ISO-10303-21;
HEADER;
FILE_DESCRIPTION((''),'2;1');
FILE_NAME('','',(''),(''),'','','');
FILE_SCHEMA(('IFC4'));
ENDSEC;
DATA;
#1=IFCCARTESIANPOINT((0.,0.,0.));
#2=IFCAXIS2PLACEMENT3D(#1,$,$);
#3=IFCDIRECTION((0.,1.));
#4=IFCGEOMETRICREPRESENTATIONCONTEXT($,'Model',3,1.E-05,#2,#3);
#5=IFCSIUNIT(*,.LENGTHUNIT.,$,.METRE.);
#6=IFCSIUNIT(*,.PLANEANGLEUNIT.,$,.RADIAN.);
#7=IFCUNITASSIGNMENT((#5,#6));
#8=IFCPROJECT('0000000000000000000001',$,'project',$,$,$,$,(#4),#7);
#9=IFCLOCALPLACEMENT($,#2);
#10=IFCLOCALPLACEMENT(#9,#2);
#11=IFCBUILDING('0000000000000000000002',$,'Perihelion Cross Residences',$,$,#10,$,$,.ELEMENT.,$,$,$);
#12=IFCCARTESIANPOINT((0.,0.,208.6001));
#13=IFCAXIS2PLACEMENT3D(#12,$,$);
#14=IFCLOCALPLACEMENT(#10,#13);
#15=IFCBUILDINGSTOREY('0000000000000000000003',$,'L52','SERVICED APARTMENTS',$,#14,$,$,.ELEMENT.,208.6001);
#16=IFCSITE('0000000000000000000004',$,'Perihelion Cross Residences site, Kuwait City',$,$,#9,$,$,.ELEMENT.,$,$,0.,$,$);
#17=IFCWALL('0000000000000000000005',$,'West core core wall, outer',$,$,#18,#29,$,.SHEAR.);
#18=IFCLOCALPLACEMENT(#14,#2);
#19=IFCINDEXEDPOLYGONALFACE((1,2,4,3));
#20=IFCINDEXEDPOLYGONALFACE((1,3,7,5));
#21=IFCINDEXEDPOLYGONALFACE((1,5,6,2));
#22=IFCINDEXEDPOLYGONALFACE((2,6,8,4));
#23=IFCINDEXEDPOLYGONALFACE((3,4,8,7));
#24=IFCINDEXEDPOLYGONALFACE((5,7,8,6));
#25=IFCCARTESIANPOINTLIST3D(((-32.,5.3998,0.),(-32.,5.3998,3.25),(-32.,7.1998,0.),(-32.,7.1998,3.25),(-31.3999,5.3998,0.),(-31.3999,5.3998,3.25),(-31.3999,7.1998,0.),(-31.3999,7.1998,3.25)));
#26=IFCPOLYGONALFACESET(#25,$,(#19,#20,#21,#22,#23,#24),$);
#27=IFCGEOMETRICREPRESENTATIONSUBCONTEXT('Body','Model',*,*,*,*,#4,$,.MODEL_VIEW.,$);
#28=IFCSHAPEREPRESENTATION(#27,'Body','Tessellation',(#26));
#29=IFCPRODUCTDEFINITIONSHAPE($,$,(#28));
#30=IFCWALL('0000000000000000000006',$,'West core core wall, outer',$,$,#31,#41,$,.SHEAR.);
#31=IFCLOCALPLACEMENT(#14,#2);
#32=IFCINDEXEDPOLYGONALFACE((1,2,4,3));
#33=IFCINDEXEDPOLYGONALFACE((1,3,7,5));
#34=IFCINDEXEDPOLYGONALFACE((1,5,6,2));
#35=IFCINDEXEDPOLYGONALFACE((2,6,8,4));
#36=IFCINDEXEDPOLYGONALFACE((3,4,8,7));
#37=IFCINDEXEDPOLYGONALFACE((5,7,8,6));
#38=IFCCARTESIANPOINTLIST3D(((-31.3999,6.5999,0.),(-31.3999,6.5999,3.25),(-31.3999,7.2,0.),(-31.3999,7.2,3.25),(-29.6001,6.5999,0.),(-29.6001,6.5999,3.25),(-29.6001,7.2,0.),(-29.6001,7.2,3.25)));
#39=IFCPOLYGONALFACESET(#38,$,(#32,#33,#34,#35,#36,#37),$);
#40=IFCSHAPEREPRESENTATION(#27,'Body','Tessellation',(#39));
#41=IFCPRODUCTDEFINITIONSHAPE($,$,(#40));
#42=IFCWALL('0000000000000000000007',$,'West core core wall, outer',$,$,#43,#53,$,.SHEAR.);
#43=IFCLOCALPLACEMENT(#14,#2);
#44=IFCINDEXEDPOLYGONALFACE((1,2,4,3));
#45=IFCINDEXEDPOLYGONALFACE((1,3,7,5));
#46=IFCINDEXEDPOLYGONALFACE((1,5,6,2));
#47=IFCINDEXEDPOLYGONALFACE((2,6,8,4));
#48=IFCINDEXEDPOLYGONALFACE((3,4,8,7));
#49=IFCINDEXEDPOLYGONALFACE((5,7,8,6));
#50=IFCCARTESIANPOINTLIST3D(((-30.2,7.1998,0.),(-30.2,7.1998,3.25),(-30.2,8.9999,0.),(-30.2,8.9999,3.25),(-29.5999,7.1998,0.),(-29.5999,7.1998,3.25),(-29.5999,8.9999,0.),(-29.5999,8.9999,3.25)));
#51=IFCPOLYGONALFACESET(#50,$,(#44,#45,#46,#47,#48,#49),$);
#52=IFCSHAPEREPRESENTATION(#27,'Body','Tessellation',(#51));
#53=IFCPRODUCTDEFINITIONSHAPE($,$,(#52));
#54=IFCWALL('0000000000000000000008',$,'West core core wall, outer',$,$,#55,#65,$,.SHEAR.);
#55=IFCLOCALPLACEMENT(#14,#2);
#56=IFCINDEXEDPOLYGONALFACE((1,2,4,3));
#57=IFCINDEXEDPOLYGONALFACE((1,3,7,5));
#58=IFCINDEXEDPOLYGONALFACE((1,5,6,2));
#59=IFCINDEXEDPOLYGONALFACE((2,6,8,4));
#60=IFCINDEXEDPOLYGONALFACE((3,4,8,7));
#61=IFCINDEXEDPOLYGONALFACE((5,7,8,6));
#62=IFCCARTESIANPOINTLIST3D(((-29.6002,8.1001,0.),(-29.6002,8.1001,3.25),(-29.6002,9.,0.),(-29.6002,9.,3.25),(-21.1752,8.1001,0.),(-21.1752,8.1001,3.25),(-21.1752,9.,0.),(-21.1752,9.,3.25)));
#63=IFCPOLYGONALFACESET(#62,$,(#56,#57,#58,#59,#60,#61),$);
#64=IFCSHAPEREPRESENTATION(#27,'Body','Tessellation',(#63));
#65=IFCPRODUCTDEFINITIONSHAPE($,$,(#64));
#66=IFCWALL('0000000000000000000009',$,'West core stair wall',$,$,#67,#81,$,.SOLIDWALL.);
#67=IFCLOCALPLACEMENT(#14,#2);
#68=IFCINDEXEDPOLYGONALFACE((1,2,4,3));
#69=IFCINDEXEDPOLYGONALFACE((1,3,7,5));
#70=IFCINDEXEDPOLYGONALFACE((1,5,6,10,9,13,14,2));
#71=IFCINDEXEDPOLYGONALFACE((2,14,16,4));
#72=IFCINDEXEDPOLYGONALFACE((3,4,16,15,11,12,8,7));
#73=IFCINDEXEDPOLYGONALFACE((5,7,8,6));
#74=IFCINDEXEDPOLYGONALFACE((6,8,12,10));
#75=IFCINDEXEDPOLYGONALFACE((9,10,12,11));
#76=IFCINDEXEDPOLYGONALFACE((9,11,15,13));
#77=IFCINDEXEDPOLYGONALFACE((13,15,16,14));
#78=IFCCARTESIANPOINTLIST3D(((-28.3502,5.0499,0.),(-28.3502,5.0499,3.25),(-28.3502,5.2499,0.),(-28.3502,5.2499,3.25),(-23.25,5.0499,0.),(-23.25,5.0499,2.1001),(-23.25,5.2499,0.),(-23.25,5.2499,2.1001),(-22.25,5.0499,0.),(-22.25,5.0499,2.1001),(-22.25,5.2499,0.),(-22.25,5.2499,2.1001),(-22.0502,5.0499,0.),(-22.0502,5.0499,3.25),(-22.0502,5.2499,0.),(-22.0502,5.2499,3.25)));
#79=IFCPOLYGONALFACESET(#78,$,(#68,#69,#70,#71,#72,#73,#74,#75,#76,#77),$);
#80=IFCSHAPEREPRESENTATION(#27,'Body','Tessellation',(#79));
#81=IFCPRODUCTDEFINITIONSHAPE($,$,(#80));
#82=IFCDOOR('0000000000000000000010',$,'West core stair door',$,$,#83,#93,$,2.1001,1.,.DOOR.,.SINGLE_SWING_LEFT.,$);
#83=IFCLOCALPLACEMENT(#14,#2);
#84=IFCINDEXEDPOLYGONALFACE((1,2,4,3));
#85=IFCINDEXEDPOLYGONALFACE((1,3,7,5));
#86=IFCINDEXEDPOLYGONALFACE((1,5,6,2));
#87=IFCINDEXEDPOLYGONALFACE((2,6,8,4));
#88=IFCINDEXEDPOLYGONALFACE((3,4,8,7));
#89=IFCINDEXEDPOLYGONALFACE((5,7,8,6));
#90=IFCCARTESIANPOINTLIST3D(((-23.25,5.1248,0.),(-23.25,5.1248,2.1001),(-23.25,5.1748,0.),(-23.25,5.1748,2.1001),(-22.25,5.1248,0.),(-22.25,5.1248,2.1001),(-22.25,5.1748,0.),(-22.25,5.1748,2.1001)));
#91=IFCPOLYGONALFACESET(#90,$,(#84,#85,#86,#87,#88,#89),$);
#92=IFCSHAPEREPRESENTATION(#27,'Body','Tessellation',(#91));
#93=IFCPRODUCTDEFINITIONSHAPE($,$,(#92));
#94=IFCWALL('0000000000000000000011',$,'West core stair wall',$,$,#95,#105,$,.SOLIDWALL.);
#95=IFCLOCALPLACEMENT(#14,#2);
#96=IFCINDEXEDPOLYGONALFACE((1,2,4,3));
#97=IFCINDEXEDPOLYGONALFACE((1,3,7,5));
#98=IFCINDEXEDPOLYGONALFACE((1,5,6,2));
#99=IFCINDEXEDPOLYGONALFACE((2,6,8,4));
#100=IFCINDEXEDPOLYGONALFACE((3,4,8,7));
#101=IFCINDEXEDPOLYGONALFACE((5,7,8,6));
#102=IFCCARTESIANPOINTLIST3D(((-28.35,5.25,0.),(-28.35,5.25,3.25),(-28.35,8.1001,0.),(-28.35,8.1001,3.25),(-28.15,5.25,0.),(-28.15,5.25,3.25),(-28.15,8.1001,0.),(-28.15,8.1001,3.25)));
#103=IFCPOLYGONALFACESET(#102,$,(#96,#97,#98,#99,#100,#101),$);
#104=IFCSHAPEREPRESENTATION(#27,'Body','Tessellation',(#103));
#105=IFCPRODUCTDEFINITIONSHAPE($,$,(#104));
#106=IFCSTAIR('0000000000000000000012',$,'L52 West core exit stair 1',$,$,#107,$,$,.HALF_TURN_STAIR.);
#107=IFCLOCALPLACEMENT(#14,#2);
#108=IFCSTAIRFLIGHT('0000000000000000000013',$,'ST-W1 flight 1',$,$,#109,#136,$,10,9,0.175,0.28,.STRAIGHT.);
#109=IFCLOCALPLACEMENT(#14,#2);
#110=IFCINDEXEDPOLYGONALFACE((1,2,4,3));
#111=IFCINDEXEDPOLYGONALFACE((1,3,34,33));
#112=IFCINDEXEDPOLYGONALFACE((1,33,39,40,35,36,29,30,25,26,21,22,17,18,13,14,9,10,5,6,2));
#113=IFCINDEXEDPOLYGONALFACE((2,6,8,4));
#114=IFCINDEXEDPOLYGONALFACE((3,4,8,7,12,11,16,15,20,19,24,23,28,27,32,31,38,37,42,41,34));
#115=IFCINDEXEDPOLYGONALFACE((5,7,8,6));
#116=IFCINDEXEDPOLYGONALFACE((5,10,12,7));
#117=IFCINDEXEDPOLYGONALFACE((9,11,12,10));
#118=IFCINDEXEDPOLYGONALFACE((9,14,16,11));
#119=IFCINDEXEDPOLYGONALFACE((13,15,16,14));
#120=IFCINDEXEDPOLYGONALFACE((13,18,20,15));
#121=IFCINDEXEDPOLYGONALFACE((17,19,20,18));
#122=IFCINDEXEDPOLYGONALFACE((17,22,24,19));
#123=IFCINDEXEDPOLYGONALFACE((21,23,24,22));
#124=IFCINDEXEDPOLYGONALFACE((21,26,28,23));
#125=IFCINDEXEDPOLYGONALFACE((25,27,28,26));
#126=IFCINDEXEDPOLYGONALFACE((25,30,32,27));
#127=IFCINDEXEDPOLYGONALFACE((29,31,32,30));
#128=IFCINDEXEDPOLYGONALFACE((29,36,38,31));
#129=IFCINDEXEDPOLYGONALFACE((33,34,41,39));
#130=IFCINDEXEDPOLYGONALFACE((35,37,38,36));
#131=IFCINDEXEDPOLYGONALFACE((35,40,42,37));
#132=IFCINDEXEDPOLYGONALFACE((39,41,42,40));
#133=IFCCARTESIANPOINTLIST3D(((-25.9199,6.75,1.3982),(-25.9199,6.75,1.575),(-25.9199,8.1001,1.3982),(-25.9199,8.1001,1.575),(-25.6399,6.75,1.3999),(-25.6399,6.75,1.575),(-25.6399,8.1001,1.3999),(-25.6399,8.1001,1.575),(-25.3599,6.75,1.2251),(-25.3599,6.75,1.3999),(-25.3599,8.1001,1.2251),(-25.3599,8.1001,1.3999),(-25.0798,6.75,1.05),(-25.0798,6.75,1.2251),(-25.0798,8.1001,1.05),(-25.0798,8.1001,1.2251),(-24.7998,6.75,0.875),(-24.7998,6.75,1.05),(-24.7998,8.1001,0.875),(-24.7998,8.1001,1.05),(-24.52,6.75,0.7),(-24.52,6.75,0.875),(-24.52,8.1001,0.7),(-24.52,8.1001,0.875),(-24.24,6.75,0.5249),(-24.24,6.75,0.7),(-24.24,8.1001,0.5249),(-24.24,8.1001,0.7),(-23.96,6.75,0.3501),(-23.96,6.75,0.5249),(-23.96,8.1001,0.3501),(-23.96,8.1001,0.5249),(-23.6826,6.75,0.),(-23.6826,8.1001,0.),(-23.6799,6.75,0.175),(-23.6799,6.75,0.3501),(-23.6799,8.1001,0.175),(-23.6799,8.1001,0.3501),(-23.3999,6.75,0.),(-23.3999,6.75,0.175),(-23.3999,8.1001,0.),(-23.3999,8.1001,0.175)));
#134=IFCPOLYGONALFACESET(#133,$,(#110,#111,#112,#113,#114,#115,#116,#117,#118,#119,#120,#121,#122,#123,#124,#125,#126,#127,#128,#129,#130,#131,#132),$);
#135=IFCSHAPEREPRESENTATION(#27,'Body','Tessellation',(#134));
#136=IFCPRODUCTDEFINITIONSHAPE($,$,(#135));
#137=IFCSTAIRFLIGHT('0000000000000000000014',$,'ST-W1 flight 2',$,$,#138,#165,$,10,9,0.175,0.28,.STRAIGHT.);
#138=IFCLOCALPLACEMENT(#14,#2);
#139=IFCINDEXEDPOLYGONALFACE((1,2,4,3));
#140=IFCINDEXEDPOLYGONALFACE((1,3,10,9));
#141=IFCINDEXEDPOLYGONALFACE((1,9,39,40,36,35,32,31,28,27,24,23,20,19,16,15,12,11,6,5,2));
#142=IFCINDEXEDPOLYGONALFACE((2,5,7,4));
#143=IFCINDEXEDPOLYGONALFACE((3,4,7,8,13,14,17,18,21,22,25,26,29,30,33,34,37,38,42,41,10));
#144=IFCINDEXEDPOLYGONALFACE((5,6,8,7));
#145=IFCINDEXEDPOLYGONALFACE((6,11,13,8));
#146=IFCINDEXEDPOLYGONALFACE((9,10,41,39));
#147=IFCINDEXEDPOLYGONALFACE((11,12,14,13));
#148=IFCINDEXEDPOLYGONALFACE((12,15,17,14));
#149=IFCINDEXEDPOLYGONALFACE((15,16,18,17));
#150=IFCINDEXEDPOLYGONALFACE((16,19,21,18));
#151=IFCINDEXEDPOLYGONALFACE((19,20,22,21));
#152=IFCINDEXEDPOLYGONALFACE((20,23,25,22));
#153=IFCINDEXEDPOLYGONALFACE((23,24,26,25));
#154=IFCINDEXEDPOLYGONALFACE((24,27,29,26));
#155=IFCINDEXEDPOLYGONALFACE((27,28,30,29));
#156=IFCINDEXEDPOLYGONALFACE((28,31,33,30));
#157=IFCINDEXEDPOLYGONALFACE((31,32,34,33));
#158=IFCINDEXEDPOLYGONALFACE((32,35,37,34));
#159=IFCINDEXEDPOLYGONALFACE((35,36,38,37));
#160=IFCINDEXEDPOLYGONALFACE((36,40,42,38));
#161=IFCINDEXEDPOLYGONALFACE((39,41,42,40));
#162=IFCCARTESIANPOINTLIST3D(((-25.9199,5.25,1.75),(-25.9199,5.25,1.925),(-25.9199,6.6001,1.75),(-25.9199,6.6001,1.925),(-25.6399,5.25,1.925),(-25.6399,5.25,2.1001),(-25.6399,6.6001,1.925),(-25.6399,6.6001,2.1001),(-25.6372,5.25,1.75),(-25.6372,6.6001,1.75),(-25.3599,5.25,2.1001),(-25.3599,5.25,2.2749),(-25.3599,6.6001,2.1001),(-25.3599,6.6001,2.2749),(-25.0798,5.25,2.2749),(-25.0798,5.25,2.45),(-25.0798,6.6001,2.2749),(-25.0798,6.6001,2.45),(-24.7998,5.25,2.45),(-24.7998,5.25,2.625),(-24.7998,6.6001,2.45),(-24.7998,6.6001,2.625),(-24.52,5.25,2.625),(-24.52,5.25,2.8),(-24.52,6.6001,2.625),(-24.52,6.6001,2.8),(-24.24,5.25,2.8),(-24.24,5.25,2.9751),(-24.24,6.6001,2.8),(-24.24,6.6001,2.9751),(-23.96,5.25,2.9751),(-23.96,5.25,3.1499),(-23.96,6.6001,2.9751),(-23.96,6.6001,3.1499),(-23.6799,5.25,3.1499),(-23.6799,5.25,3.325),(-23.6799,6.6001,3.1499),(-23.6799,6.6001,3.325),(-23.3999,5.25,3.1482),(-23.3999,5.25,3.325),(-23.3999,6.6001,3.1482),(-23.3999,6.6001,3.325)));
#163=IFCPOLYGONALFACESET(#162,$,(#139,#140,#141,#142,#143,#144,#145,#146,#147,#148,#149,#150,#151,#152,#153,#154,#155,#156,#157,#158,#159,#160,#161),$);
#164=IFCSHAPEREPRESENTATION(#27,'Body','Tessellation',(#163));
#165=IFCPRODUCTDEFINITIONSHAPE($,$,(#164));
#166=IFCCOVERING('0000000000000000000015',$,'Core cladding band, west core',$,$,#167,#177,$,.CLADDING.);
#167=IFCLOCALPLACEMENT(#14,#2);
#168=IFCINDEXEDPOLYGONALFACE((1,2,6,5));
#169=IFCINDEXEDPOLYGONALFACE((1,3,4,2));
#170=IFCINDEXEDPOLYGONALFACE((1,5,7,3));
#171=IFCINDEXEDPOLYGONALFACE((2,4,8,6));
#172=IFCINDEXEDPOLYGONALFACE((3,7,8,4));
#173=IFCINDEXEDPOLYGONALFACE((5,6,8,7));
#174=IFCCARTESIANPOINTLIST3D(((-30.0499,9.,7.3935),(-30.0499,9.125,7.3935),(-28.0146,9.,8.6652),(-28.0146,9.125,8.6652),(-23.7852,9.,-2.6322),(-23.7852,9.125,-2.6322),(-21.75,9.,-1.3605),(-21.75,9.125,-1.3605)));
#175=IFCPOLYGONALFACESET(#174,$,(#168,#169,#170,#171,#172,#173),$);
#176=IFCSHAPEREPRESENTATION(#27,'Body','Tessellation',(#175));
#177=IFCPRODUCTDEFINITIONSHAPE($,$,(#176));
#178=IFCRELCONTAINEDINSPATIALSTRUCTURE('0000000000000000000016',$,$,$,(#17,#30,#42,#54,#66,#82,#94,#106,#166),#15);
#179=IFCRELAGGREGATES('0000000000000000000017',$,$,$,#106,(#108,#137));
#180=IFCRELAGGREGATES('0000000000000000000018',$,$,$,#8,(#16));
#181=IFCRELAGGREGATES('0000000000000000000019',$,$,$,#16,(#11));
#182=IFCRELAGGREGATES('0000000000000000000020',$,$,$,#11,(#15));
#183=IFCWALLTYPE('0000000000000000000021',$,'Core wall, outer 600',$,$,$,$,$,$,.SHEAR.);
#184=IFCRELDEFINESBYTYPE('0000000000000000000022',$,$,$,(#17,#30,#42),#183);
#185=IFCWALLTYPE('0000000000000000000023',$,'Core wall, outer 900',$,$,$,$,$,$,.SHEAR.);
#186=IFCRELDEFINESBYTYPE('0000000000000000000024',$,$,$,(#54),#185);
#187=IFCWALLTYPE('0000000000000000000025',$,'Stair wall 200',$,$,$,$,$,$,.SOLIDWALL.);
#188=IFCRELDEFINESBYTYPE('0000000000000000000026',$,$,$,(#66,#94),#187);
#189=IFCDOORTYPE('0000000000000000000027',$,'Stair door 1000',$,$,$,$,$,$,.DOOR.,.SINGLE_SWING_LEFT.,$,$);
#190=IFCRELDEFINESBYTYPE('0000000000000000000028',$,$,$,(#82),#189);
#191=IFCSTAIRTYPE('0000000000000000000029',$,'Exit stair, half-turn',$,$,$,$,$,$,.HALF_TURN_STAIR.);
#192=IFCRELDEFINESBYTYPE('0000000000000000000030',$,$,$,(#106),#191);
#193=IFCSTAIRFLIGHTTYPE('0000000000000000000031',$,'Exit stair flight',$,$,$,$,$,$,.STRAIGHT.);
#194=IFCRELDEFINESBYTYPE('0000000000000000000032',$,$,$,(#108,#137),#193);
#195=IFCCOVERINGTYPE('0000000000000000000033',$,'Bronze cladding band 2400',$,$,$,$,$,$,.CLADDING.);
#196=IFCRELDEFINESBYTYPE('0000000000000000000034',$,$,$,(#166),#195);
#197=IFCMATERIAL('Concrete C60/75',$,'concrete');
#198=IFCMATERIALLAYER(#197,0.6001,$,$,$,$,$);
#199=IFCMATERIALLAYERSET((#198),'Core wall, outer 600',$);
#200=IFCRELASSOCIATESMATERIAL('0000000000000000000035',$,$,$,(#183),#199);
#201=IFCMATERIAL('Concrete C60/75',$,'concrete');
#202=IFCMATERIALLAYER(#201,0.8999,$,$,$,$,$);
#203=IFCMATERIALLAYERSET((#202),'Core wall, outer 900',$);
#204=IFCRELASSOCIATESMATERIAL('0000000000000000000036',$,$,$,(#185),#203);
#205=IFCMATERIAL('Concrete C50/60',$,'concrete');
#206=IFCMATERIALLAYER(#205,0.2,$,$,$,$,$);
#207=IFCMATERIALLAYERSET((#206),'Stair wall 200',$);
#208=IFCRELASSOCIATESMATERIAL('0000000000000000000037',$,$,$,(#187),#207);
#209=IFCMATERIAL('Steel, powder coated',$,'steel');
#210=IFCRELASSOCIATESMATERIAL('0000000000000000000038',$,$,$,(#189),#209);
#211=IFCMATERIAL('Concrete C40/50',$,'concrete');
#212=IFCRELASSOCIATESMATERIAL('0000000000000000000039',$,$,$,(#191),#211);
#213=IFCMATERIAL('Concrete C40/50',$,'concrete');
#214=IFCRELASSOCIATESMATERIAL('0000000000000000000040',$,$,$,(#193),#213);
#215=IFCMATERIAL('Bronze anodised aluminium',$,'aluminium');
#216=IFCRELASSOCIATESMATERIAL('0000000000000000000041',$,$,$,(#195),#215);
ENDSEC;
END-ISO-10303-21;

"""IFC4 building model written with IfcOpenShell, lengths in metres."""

from ifc_helpers import new_model, si_unit, direction, frame, frame_2d, origin, origin_2d, place, context, subcontext, project, spatial, polyline, rectangle, outline, extrude, material, layer, layer_set, material_profile, profile_set, type_object, element, fill, aggregate, save


model = new_model("IFC4")

# Units and contexts
model_context = context("Model", 3, precision=1e-05, world=origin(), true_north=direction((0.0, 1.0)))
body_context = subcontext(model_context, "Body", "Model", "MODEL_VIEW")
ifc_project = project(units=[si_unit("LENGTHUNIT", "METRE"), si_unit("PLANEANGLEUNIT", "RADIAN")], contexts=[model_context])

# Site, building, storey
site_placement = place(None, origin())
site = spatial("IfcSite", under=ifc_project, at=site_placement, Name="Perihelion Cross Residences site, Kuwait City", CompositionType="ELEMENT", RefElevation=0.0)
building_placement = place(site_placement, origin())
building = spatial("IfcBuilding", under=site, at=building_placement, Name="Perihelion Cross Residences", CompositionType="ELEMENT")
storey_placement = place(building_placement, frame((0.0, 0.0, 208.6001)))
storey = spatial("IfcBuildingStorey", under=building, at=storey_placement, Name="L52", Description="SERVICED APARTMENTS", CompositionType="ELEMENT", Elevation=208.6001)

# Walls
ifc_material_1 = material(Name="Concrete C60/75", Category="concrete")
ifc_layer_1 = layer(ifc_material_1, 0.6001)
ifc_layer_set_1 = layer_set([ifc_layer_1], Name="Core wall, outer 600")
wall_type_1 = type_object("IfcWallType", Name="Core wall, outer 600", PredefinedType="SHEAR", material=ifc_layer_set_1)
wall_1_placement = place(storey_placement, frame((-31.7, 5.3999, 0.0), z_axis=(0.0, 0.0, 1.0), x_axis=(0.0, 1.0, 0.0)))
element("IfcWall", 1, at=wall_1_placement, inside=storey, type_object=wall_type_1, Name="West core core wall, outer", PredefinedType="SHEAR", context=body_context, shape_type="SweptSolid", body=[
    extrude(rectangle(XDim=1.8, YDim=0.6001, at=frame_2d((0.8999, 0.0))), origin(), (0.0, 0.0, 1.0), 3.25),
])
wall_2_placement = place(storey_placement, frame((-31.3999, 6.8999, 0.0), z_axis=(0.0, 0.0, 1.0), x_axis=(1.0, 0.0, 0.0)))
element("IfcWall", 2, at=wall_2_placement, inside=storey, type_object=wall_type_1, Name="West core core wall, outer", PredefinedType="SHEAR", context=body_context, shape_type="SweptSolid", body=[
    extrude(rectangle(XDim=1.7998, YDim=0.6001, at=frame_2d((0.8999, 0.0))), origin(), (0.0, 0.0, 1.0), 3.25),
])
wall_3_placement = place(storey_placement, frame((-29.8999, 7.2, 0.0), z_axis=(0.0, 0.0, 1.0), x_axis=(0.0, 1.0, 0.0)))
element("IfcWall", 3, at=wall_3_placement, inside=storey, type_object=wall_type_1, Name="West core core wall, outer", PredefinedType="SHEAR", context=body_context, shape_type="SweptSolid", body=[
    extrude(rectangle(XDim=1.8, YDim=0.6001, at=frame_2d((0.8999, 0.0))), origin(), (0.0, 0.0, 1.0), 3.25),
])
ifc_material_2 = material(Name="Concrete C60/75", Category="concrete")
ifc_layer_2 = layer(ifc_material_2, 0.8999)
ifc_layer_set_2 = layer_set([ifc_layer_2], Name="Core wall, outer 900")
wall_type_2 = type_object("IfcWallType", Name="Core wall, outer 900", PredefinedType="SHEAR", material=ifc_layer_set_2)
wall_4_placement = place(storey_placement, frame((-29.6001, 8.55, 0.0), z_axis=(0.0, 0.0, 1.0), x_axis=(1.0, 0.0, 0.0)))
element("IfcWall", 4, at=wall_4_placement, inside=storey, type_object=wall_type_2, Name="West core core wall, outer", PredefinedType="SHEAR", context=body_context, shape_type="SweptSolid", body=[
    extrude(rectangle(XDim=8.425, YDim=0.8999, at=frame_2d((4.2124, 0.0))), origin(), (0.0, 0.0, 1.0), 3.25),
])

# Wall, opening, door
ifc_material_3 = material(Name="Concrete C50/60", Category="concrete")
ifc_layer_3 = layer(ifc_material_3, 0.2)
ifc_layer_set_3 = layer_set([ifc_layer_3], Name="Stair wall 200")
wall_type_3 = type_object("IfcWallType", Name="Stair wall 200", PredefinedType="SOLIDWALL", material=ifc_layer_set_3)
wall_5_placement = place(storey_placement, frame((-28.3501, 5.1499, 0.0), z_axis=(0.0, 0.0, 1.0), x_axis=(1.0, 0.0, 0.0)))
wall_5 = element("IfcWall", 5, at=wall_5_placement, inside=storey, type_object=wall_type_3, Name="West core stair wall", PredefinedType="SOLIDWALL", context=body_context, shape_type="SweptSolid", body=[
    extrude(rectangle(XDim=6.3, YDim=0.2, at=frame_2d((3.1499, 0.0))), origin(), (0.0, 0.0, 1.0), 3.25),
])
opening_placement = place(wall_5_placement, frame((5.1001, 0.0, 0.0)))
opening = element("IfcOpeningElement", 6, at=opening_placement, cuts=wall_5, PredefinedType="OPENING", context=body_context, shape_type="SweptSolid", body=[
    extrude(rectangle(XDim=1.0, YDim=2.1001, at=frame_2d((0.5, 1.05))), frame((0.0, 0.1099, 0.0), z_axis=(0.0, -1.0, 0.0), x_axis=(1.0, 0.0, 0.0)), (0.0, 0.0, 1.0), 0.22),
])
ifc_material_4 = material(Name="Steel, powder coated", Category="steel")
door_type = type_object("IfcDoorType", Name="Stair door 1000", OperationType="SINGLE_SWING_LEFT", PredefinedType="DOOR", material=ifc_material_4)
door_placement = place(opening_placement, origin())
door = element("IfcDoor", 7, at=door_placement, inside=storey, type_object=door_type, Name="West core stair door", OperationType="SINGLE_SWING_LEFT", OverallHeight=2.1001, OverallWidth=1.0, PredefinedType="DOOR", context=body_context, shape_type="SweptSolid", body=[
    extrude(rectangle(XDim=1.0, YDim=2.1001, at=frame_2d((0.5, 1.05))), frame((0.0, 0.0249, 0.0), z_axis=(0.0, -1.0, 0.0), x_axis=(1.0, 0.0, 0.0)), (0.0, 0.0, 1.0), 0.05),
])
fill(opening, door)

# Wall
wall_6_placement = place(storey_placement, frame((-28.25, 5.25, 0.0), z_axis=(0.0, 0.0, 1.0), x_axis=(0.0, 1.0, 0.0)))
element("IfcWall", 8, at=wall_6_placement, inside=storey, type_object=wall_type_3, Name="West core stair wall", PredefinedType="SOLIDWALL", context=body_context, shape_type="SweptSolid", body=[
    extrude(rectangle(XDim=2.8501, YDim=0.2, at=frame_2d((1.425, 0.0))), origin(), (0.0, 0.0, 1.0), 3.25),
])

# Stair, stair flights
ifc_material_5 = material(Name="Concrete C40/50", Category="concrete")
stair_type = type_object("IfcStairType", Name="Exit stair, half-turn", PredefinedType="HALF_TURN_STAIR", material=ifc_material_5)
stair_placement = place(storey_placement, origin())
stair = element("IfcStair", 9, at=stair_placement, inside=storey, type_object=stair_type, Name="L52 West core exit stair 1", PredefinedType="HALF_TURN_STAIR")
ifc_material_6 = material(Name="Concrete C40/50", Category="concrete")
stair_flight_type = type_object("IfcStairFlightType", Name="Exit stair flight", PredefinedType="STRAIGHT", material=ifc_material_6)
stair_flight_1_placement = place(storey_placement, frame((-23.3999, 7.425, 0.0), z_axis=(0.0, 0.0, 1.0), x_axis=(-1.0, 0.0, 0.0)))
stair_flight_1 = element("IfcStairFlight", 10, at=stair_flight_1_placement, type_object=stair_flight_type, Name="ST-W1 flight 1", NumberOfRisers=10, NumberOfTreads=9, PredefinedType="STRAIGHT", RiserHeight=0.175, TreadLength=0.28, context=body_context, shape_type="SweptSolid", body=[
    extrude(outline(polyline([(0.0, 0.0), (0.0, 0.175), (0.28, 0.175), (0.28, 0.3501), (0.5601, 0.3501), (0.5601, 0.5249), (0.8401, 0.5249), (0.8401, 0.7), (1.1201, 0.7), (1.1201, 0.875), (1.3999, 0.875), (1.3999, 1.05), (1.6799, 1.05), (1.6799, 1.2251), (1.96, 1.2251), (1.96, 1.3999), (2.24, 1.3999), (2.24, 1.575), (2.52, 1.575), (2.52, 1.75), (2.52, 1.3982), (0.2827, 0.0), (0.0, 0.0)])), frame((0.0, 0.675, 0.0), z_axis=(0.0, -1.0, 0.0), x_axis=(1.0, 0.0, 0.0)), (0.0, 0.0, 1.0), 1.3501),
])
stair_flight_2_placement = place(storey_placement, frame((-25.9199, 5.925, 1.75), z_axis=(0.0, 0.0, 1.0), x_axis=(1.0, 0.0, 0.0)))
stair_flight_2 = element("IfcStairFlight", 11, at=stair_flight_2_placement, type_object=stair_flight_type, Name="ST-W1 flight 2", NumberOfRisers=10, NumberOfTreads=9, PredefinedType="STRAIGHT", RiserHeight=0.175, TreadLength=0.28, context=body_context, shape_type="SweptSolid", body=[
    extrude(outline(polyline([(0.0, 0.0), (0.0, 0.175), (0.28, 0.175), (0.28, 0.3501), (0.5601, 0.3501), (0.5601, 0.5249), (0.8401, 0.5249), (0.8401, 0.7), (1.1201, 0.7), (1.1201, 0.875), (1.3999, 0.875), (1.3999, 1.05), (1.6799, 1.05), (1.6799, 1.2251), (1.96, 1.2251), (1.96, 1.3999), (2.24, 1.3999), (2.24, 1.575), (2.52, 1.575), (2.52, 1.75), (2.52, 1.3982), (0.2827, 0.0), (0.0, 0.0)])), frame((0.0, 0.675, 0.0), z_axis=(0.0, -1.0, 0.0), x_axis=(1.0, 0.0, 0.0)), (0.0, 0.0, 1.0), 1.3501),
])
aggregate(stair, [stair_flight_1, stair_flight_2])

# Covering
ifc_material_7 = material(Name="Bronze anodised aluminium", Category="aluminium")
ifc_material_profile = material_profile(ifc_material_7, rectangle(XDim=0.125, YDim=2.3999, at=origin_2d()), Name="Bronze cladding band 2400")
ifc_profile_set = profile_set([ifc_material_profile], Name="Bronze anodised aluminium")
covering_type = type_object("IfcCoveringType", Name="Bronze cladding band 2400", PredefinedType="CLADDING", material=ifc_profile_set)
covering_placement = place(storey_placement, frame((-22.7676, 9.0625, -1.9963), z_axis=(-0.529915, 0.0, 0.848051), x_axis=(0.0, -1.0, 0.0)))
element("IfcCovering", 12, at=covering_placement, inside=storey, type_object=covering_type, Name="Core cladding band, west core", PredefinedType="CLADDING", context=body_context, shape_type="SweptSolid", body=[
    extrude(rectangle(XDim=0.125, YDim=2.3999, at=origin_2d()), origin(), (0.0, 0.0, 1.0), 11.822),
])

save(model, "model.ifc")
